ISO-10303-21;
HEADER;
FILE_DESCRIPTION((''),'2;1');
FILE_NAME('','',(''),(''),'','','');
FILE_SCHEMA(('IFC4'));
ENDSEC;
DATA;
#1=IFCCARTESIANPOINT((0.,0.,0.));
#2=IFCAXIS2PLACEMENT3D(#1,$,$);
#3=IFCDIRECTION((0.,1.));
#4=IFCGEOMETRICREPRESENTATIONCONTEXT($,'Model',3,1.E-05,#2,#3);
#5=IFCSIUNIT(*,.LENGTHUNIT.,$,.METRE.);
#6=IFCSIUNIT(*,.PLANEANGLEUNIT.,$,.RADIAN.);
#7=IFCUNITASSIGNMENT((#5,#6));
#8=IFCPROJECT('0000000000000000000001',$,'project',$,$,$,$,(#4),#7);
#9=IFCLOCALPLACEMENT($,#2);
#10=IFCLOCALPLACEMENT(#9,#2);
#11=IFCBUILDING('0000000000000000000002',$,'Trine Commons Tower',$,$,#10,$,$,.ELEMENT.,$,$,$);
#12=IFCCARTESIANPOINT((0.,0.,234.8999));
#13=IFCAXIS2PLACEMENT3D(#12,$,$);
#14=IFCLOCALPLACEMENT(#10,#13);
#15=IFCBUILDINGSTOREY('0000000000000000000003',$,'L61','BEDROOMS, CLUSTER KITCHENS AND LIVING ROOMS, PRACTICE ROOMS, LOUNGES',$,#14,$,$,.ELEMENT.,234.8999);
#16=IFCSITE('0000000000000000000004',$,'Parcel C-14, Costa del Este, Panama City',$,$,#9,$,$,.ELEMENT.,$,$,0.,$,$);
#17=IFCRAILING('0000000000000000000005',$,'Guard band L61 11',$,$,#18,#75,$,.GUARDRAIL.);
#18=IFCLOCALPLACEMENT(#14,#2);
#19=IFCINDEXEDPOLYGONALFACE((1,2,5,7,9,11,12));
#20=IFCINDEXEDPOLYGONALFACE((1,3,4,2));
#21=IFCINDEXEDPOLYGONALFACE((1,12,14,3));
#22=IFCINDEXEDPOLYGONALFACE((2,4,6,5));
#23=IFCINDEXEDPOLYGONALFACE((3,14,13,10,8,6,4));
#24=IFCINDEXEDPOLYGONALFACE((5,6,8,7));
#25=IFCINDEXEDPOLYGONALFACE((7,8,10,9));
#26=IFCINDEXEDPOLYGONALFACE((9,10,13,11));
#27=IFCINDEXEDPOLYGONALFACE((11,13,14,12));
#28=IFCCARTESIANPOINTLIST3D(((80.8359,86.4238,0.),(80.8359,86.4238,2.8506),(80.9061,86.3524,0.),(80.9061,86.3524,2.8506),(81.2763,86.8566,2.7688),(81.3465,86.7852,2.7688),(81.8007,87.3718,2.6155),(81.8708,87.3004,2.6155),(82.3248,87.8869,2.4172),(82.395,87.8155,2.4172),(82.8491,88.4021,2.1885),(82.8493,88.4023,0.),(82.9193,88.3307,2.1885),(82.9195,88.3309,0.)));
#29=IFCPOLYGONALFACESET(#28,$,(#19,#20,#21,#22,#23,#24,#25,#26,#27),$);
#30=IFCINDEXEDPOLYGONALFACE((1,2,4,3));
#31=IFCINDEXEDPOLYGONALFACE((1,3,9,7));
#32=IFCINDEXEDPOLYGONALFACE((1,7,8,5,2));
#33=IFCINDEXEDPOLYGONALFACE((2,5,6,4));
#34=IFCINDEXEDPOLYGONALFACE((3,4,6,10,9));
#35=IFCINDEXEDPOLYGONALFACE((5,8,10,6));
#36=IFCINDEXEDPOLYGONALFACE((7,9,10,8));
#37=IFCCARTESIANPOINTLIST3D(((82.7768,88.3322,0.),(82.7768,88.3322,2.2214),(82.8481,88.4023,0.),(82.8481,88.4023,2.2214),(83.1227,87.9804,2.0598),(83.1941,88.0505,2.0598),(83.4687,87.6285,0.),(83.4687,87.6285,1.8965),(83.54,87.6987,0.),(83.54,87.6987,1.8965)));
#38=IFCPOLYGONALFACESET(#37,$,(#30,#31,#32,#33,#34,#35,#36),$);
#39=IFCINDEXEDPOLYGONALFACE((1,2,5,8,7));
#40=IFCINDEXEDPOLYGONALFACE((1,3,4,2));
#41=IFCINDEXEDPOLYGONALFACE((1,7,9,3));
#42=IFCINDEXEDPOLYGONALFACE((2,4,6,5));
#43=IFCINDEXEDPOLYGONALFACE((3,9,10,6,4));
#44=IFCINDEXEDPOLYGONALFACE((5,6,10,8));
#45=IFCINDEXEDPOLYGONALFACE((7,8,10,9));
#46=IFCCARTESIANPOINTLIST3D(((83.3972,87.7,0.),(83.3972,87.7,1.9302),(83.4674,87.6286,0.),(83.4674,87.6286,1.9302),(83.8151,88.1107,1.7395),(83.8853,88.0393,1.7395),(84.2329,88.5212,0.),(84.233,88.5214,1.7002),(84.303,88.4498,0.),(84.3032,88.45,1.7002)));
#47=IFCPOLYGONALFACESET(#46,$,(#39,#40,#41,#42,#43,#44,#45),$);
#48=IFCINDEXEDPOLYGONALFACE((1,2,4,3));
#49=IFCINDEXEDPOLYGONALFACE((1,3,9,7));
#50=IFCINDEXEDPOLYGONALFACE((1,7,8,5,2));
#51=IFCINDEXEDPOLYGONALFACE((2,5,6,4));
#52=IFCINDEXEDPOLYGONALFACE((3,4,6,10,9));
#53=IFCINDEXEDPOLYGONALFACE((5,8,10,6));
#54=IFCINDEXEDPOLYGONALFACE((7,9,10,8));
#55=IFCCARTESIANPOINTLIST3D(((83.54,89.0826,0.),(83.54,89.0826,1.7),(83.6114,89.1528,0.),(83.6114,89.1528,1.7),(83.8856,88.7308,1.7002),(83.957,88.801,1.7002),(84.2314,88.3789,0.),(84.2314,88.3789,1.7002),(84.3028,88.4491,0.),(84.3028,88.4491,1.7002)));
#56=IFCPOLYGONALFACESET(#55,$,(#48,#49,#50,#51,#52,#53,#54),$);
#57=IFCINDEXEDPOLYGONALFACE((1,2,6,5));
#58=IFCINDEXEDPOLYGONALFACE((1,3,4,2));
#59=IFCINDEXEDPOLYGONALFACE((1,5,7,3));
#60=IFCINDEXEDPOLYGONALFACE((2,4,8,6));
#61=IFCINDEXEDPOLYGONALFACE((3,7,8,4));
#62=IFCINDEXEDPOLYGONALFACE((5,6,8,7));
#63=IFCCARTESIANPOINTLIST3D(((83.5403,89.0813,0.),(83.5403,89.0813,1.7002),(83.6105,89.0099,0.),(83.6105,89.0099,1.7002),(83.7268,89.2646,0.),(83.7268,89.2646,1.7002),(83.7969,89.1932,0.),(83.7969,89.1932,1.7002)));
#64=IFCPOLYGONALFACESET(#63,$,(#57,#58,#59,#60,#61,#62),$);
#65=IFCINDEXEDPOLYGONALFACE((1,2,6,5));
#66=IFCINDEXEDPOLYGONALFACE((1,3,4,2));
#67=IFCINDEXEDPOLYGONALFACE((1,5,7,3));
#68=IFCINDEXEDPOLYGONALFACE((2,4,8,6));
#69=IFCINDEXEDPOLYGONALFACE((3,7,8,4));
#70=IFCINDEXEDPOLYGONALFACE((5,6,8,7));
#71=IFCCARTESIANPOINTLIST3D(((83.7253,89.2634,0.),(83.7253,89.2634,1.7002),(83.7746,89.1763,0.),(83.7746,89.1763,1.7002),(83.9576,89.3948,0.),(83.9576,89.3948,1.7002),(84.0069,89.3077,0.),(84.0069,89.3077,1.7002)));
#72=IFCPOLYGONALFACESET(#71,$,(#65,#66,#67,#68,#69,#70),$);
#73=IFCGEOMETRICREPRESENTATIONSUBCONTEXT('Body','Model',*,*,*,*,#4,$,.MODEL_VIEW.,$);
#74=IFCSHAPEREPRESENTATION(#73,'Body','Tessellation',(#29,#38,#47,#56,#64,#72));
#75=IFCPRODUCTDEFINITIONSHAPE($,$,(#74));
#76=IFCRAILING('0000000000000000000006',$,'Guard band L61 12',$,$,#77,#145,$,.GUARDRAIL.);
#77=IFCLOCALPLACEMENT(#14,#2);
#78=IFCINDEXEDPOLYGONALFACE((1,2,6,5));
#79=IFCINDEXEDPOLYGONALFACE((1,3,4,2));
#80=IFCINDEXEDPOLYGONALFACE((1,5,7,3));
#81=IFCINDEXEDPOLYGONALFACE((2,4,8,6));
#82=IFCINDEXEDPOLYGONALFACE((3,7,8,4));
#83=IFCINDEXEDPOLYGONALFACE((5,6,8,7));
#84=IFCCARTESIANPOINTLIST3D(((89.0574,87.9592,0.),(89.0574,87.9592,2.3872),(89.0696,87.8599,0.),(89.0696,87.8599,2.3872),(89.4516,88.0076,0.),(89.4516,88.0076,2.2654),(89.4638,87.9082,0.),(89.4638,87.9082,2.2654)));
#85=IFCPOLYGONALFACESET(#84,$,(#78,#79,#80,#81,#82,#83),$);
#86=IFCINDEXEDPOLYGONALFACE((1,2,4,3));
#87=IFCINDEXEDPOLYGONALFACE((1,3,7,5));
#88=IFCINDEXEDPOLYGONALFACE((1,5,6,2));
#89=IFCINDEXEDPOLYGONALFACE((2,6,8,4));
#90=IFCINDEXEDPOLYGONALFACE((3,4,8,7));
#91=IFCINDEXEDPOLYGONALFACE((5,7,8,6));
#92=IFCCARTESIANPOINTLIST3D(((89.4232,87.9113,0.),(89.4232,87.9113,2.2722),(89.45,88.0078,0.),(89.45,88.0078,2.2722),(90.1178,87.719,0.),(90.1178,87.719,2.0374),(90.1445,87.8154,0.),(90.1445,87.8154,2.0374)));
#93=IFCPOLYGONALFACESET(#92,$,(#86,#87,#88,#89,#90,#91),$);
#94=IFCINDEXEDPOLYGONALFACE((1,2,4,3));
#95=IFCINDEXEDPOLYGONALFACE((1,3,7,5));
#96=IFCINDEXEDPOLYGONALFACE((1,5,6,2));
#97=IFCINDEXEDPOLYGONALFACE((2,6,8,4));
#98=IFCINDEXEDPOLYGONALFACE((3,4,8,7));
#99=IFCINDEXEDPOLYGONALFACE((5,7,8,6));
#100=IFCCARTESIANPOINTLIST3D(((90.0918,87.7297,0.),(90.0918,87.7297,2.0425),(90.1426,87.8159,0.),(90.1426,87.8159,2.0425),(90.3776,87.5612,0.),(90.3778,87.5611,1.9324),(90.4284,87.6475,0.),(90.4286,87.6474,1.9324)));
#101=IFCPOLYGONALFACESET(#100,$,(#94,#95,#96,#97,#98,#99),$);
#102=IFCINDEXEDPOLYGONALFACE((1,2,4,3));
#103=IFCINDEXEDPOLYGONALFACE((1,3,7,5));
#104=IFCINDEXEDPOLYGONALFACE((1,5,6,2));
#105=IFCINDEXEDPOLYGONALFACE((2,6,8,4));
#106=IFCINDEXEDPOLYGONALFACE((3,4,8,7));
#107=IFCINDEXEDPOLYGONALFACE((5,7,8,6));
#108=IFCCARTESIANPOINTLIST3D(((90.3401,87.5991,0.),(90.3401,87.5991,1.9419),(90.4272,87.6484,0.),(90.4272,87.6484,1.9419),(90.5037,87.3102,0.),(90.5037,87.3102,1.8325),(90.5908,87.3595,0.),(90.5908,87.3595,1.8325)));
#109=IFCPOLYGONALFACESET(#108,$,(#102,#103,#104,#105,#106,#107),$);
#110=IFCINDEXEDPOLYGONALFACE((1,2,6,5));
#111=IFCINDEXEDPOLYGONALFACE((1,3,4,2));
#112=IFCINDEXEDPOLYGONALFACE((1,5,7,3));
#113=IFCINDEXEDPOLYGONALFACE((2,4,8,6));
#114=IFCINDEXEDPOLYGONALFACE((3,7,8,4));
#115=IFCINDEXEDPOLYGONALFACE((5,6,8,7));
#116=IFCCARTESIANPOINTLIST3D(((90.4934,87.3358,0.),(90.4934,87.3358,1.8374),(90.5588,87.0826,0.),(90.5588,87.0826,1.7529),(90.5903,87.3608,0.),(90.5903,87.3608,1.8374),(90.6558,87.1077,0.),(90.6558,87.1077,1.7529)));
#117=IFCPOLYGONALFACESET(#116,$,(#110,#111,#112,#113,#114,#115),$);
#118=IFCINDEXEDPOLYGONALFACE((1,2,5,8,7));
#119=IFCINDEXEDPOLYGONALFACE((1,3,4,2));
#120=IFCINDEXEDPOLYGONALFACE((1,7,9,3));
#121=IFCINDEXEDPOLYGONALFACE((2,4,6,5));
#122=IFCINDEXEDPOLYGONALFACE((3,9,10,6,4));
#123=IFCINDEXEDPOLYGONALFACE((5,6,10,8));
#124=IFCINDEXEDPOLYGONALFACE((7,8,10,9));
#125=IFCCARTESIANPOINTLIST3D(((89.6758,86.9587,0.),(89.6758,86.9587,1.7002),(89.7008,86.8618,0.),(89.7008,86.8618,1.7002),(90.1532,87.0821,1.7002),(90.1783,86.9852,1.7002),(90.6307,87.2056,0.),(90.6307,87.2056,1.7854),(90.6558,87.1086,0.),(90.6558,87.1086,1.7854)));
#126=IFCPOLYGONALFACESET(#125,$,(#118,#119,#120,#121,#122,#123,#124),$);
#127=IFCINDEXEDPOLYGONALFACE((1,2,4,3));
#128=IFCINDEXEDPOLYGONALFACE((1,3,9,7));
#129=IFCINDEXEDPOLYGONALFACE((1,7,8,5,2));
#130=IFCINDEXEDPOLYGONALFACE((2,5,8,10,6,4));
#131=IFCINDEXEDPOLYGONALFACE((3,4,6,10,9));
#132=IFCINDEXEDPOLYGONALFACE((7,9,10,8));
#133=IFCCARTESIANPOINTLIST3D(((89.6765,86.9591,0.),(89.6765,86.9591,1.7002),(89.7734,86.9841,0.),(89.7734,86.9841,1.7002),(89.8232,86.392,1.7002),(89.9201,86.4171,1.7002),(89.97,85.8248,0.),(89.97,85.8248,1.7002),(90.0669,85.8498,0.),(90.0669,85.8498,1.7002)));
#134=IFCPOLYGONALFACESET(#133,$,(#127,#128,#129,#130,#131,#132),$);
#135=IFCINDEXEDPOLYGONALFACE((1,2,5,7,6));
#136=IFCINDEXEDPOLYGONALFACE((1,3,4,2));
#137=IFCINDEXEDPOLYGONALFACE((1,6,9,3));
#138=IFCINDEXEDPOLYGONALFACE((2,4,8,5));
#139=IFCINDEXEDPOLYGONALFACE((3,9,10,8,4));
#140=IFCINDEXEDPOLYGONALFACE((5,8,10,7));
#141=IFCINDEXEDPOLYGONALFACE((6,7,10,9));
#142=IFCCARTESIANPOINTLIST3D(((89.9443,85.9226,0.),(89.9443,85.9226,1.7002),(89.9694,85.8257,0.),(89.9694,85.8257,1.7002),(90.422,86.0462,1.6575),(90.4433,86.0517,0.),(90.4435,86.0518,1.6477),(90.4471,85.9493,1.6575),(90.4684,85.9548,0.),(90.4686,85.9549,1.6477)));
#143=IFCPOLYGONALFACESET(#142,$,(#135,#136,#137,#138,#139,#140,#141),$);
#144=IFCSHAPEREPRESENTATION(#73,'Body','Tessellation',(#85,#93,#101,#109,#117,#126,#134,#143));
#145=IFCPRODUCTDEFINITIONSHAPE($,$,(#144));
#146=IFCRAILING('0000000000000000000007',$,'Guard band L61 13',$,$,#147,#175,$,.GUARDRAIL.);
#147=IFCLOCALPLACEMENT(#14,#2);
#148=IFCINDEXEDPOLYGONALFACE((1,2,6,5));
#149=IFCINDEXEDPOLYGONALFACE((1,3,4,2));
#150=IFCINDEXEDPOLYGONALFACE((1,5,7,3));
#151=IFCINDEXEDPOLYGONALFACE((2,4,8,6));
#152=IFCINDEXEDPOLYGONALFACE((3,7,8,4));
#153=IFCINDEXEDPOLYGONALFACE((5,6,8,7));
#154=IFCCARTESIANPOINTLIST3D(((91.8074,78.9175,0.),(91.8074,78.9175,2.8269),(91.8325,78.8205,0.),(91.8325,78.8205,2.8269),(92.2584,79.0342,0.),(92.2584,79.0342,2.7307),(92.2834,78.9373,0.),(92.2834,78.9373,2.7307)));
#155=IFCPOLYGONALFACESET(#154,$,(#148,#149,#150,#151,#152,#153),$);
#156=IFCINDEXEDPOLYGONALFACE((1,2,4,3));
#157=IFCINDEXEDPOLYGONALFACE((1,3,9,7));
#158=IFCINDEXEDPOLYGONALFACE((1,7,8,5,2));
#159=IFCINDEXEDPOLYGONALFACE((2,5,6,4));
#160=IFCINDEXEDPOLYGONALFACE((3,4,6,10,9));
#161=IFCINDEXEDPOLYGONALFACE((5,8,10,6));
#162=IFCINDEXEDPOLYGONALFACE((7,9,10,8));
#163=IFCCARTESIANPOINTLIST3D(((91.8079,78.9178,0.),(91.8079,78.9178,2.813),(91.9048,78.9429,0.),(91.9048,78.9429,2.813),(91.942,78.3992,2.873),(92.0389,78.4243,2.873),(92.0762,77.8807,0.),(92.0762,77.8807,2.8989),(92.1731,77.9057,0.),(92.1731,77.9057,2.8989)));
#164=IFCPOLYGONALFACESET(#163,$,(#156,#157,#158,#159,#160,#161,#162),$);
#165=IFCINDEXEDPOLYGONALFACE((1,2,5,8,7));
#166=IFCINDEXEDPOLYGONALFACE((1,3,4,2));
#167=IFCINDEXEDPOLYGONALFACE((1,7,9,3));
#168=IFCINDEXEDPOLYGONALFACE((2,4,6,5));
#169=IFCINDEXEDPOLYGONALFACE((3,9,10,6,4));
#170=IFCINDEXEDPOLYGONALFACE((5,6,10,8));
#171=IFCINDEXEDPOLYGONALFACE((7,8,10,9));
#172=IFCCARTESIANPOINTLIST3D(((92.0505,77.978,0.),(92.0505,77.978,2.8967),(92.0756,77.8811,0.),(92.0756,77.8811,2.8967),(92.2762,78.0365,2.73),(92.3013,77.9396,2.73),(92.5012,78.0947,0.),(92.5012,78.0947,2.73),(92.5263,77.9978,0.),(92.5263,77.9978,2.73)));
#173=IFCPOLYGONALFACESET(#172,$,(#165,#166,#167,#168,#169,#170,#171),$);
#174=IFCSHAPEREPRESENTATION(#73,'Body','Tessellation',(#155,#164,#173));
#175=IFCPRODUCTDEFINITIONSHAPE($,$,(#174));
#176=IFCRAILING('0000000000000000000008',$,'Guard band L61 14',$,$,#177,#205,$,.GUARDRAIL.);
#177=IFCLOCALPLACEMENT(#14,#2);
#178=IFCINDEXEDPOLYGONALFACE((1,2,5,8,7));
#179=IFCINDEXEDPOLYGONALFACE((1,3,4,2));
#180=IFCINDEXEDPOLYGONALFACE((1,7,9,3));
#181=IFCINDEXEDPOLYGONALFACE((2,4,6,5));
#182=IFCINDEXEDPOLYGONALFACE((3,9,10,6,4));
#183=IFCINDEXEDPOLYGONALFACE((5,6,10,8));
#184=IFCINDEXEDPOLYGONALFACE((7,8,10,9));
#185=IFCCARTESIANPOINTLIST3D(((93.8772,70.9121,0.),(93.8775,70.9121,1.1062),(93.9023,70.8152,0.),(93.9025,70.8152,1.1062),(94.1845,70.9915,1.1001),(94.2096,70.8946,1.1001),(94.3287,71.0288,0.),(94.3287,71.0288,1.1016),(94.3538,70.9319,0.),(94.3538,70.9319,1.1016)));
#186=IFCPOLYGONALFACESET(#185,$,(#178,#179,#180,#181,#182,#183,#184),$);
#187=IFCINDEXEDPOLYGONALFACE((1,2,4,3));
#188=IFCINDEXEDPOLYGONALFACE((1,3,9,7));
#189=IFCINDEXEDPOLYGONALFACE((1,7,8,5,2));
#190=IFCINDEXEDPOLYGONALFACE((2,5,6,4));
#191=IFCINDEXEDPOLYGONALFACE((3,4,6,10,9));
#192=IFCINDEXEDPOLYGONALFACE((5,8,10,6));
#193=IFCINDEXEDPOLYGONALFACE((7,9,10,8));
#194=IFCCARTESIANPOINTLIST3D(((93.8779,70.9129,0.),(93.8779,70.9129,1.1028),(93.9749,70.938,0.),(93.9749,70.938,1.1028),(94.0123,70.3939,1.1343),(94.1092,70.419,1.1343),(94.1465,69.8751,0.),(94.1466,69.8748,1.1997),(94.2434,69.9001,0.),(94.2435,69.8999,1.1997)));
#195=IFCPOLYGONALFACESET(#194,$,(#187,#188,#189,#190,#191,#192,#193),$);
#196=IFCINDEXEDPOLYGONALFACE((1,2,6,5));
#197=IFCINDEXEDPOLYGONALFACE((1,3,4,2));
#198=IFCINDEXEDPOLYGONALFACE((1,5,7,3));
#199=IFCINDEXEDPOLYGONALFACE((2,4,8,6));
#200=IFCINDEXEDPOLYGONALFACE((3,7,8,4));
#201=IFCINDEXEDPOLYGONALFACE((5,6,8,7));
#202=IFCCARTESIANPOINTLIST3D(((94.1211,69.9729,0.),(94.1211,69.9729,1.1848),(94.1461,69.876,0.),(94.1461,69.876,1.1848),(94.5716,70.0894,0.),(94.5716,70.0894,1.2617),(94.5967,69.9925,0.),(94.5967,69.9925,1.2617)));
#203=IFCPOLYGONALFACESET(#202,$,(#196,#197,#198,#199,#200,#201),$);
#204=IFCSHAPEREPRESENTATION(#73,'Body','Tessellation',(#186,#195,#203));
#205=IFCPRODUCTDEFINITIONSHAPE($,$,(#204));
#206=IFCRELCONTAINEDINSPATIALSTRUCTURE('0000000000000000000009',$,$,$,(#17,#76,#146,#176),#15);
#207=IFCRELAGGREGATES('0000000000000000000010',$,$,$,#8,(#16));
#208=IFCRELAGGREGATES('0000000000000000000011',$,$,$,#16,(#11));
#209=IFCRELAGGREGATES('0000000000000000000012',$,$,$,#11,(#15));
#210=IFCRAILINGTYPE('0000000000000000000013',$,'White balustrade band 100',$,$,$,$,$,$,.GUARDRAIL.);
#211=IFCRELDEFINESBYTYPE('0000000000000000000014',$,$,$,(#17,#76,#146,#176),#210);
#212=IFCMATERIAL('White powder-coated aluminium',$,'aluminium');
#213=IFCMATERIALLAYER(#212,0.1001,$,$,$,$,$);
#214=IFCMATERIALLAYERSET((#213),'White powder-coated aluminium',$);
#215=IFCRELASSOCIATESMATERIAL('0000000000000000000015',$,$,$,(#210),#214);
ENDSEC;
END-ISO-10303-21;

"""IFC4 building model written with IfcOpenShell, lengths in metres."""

from ifc_helpers import new_model, si_unit, direction, frame, origin, place, context, subcontext, project, spatial, polyline, outline, extrude, material, layer, layer_set, type_object, element, save


model = new_model("IFC4")

# Units and contexts
model_context = context("Model", 3, precision=1e-05, world=origin(), true_north=direction((0.0, 1.0)))
body_context = subcontext(model_context, "Body", "Model", "MODEL_VIEW")
ifc_project = project(units=[si_unit("LENGTHUNIT", "METRE"), si_unit("PLANEANGLEUNIT", "RADIAN")], contexts=[model_context])

# Site, building, storey
site_placement = place(None, origin())
site = spatial("IfcSite", under=ifc_project, at=site_placement, Name="Parcel C-14, Costa del Este, Panama City", CompositionType="ELEMENT", RefElevation=0.0)
building_placement = place(site_placement, origin())
building = spatial("IfcBuilding", under=site, at=building_placement, Name="Trine Commons Tower", CompositionType="ELEMENT")
storey_placement = place(building_placement, frame((0.0, 0.0, 234.8999)))
storey = spatial("IfcBuildingStorey", under=building, at=storey_placement, Name="L61", Description="BEDROOMS, CLUSTER KITCHENS AND LIVING ROOMS, PRACTICE ROOMS, LOUNGES", CompositionType="ELEMENT", Elevation=234.8999)

# Railings
ifc_material_1 = material(Name="White powder-coated aluminium", Category="aluminium")
ifc_layer_1 = layer(ifc_material_1, 0.1001)
ifc_layer_set_1 = layer_set([ifc_layer_1], Name="White powder-coated aluminium")
railing_type = type_object("IfcRailingType", Name="White balustrade band 100", PredefinedType="GUARDRAIL", material=ifc_layer_set_1)
railing_1_placement = place(storey_placement, origin())
element("IfcRailing", 1, at=railing_1_placement, inside=storey, type_object=railing_type, Name="Guard band L61 11", PredefinedType="GUARDRAIL", context=body_context, shape_type="SweptSolid", body=[
    extrude(outline(polyline([(0.0, 0.0), (2.8228, 0.0), (2.8225, 2.1885), (2.0874, 2.4172), (1.3525, 2.6155), (0.6174, 2.7688), (0.0, 2.8506), (0.0, 0.0)])), frame((80.8359, 86.4238, 0.0), z_axis=(0.700896, -0.713264, 0.0), x_axis=(0.713264, 0.700896, 0.0)), (0.0, 0.0, 1.0), 0.1001),
    extrude(outline(polyline([(0.0, 0.0), (0.9868, 0.0), (0.9868, 1.8965), (0.4934, 2.0598), (0.0, 2.2214), (0.0, 0.0)])), frame((82.8481, 88.4023, 0.0), z_axis=(-0.71302, -0.701144, 0.0), x_axis=(0.701144, -0.71302, 0.0)), (0.0, 0.0, 1.0), 0.1001),
    extrude(outline(polyline([(0.0, 0.0), (1.1716, 0.0), (1.1719, 1.7002), (0.5859, 1.7395), (0.0, 1.9302), (0.0, 0.0)])), frame((83.3972, 87.7, 0.0), z_axis=(0.700933, -0.713227, 0.0), x_axis=(0.713227, 0.700933, 0.0)), (0.0, 0.0, 1.0), 0.1001),
    extrude(outline(polyline([(0.0, 0.0), (0.9866, 0.0), (0.9866, 1.7), (0.4934, 1.7002), (0.0, 1.7002), (0.0, 0.0)])), frame((84.2314, 88.3789, 0.0), z_axis=(0.713267, 0.700892, 0.0), x_axis=(-0.700892, 0.713267, 0.0)), (0.0, 0.0, 1.0), 0.1001),
    extrude(outline(polyline([(0.0, 0.0), (0.2615, 0.0), (0.2615, 1.7002), (0.0, 1.7002), (0.0, 0.0)])), frame((83.5403, 89.0813, 0.0), z_axis=(0.701013, -0.713148, 0.0), x_axis=(0.713148, 0.701013, 0.0)), (0.0, 0.0, 1.0), 0.1001),
    extrude(outline(polyline([(0.0, 0.0), (0.2668, 0.0), (0.2668, 1.7002), (0.0, 1.7002), (0.0, 0.0)])), frame((83.7253, 89.2634, 0.0), z_axis=(0.492389, -0.870375, 0.0), x_axis=(0.870375, 0.492389, 0.0)), (0.0, 0.0, 1.0), 0.1001),
])
railing_2_placement = place(storey_placement, origin())
element("IfcRailing", 2, at=railing_2_placement, inside=storey, type_object=railing_type, Name="Guard band L61 12", PredefinedType="GUARDRAIL", context=body_context, shape_type="SweptSolid", body=[
    extrude(outline(polyline([(0.0, 0.0), (0.3972, 0.0), (0.3972, 2.2654), (0.3972, 2.2654), (0.0, 2.3872), (0.0, 0.0)])), frame((89.0574, 87.9592, 0.0), z_axis=(0.121689, -0.992568, 0.0), x_axis=(0.992568, 0.121689, 0.0)), (0.0, 0.0, 1.0), 0.1001),
    extrude(outline(polyline([(0.0, 0.0), (0.7207, 0.0), (0.7207, 2.0374), (0.0, 2.2722), (0.0, 0.0)])), frame((89.45, 88.0078, 0.0), z_axis=(-0.266927, -0.963717, 0.0), x_axis=(0.963717, -0.266927, 0.0)), (0.0, 0.0, 1.0), 0.1001),
    extrude(outline(polyline([(0.0, 0.0), (0.3318, 0.0), (0.332, 1.9324), (0.0, 2.0425), (0.0, 0.0)])), frame((90.1426, 87.8159, 0.0), z_axis=(-0.507663, -0.861556, 0.0), x_axis=(0.861556, -0.507663, 0.0)), (0.0, 0.0, 1.0), 0.1001),
    extrude(outline(polyline([(0.0, 0.0), (0.332, 0.0), (0.332, 1.8325), (0.0, 1.9419), (0.0, 0.0)])), frame((90.4272, 87.6484, 0.0), z_axis=(-0.870316, -0.492493, 0.0), x_axis=(0.492493, -0.870316, 0.0)), (0.0, 0.0, 1.0), 0.1001),
    extrude(outline(polyline([(0.0, 0.0), (0.2615, 0.0), (0.2615, 1.7529), (0.0, 1.8374), (0.0, 0.0)])), frame((90.5903, 87.3608, 0.0), z_axis=(-0.96819, -0.250217, 0.0), x_axis=(0.250217, -0.96819, 0.0)), (0.0, 0.0, 1.0), 0.1001),
    extrude(outline(polyline([(0.0, 0.0), (0.9863, 0.0), (0.9863, 1.7002), (0.4932, 1.7002), (0.0, 1.7854), (0.0, 0.0)])), frame((90.6558, 87.1086, 0.0), z_axis=(-0.250275, 0.968175, 0.0), x_axis=(-0.968175, -0.250275, 0.0)), (0.0, 0.0, 1.0), 0.1001),
    extrude(outline(polyline([(0.0, 0.0), (1.1716, 0.0), (1.1716, 1.7002), (0.5857, 1.7002), (0.0, 1.7002), (0.0, 0.0)])), frame((89.7734, 86.9841, 0.0), z_axis=(-0.968124, -0.25047, 0.0), x_axis=(0.25047, -0.968124, 0.0)), (0.0, 0.0, 1.0), 0.1001),
    extrude(outline(polyline([(0.0, 0.0), (0.5154, 0.0), (0.5156, 1.6477), (0.4934, 1.6575), (0.0, 1.7002), (0.0, 0.0)])), frame((89.9443, 85.9226, 0.0), z_axis=(0.250551, -0.968103, 0.0), x_axis=(0.968103, 0.250551, 0.0)), (0.0, 0.0, 1.0), 0.1001),
])
railing_3_placement = place(storey_placement, origin())
element("IfcRailing", 3, at=railing_3_placement, inside=storey, type_object=railing_type, Name="Guard band L61 13", PredefinedType="GUARDRAIL", context=body_context, shape_type="SweptSolid", body=[
    extrude(outline(polyline([(0.0, 0.0), (0.4658, 0.0), (0.4658, 2.8269), (0.4658, 2.8269), (0.0, 2.7307), (0.0, 0.0)])), frame((92.2834, 78.9373, 0.0), z_axis=(-0.250544, 0.968105, 0.0), x_axis=(-0.968105, -0.250544, 0.0)), (0.0, 0.0, 1.0), 0.1001),
    extrude(outline(polyline([(0.0, 0.0), (1.0713, 0.0), (1.0713, 2.8989), (0.5356, 2.873), (0.0, 2.813), (0.0, 0.0)])), frame((91.9048, 78.9429, 0.0), z_axis=(-0.968126, -0.250464, 0.0), x_axis=(0.250464, -0.968126, 0.0)), (0.0, 0.0, 1.0), 0.1001),
    extrude(outline(polyline([(0.0, 0.0), (0.4656, 0.0), (0.4656, 2.73), (0.2332, 2.73), (0.0, 2.8967), (0.0, 0.0)])), frame((92.0505, 77.978, 0.0), z_axis=(0.250671, -0.968072, 0.0), x_axis=(0.968072, 0.250671, 0.0)), (0.0, 0.0, 1.0), 0.1001),
])
railing_4_placement = place(storey_placement, origin())
element("IfcRailing", 4, at=railing_4_placement, inside=storey, type_object=railing_type, Name="Guard band L61 14", PredefinedType="GUARDRAIL", context=body_context, shape_type="SweptSolid", body=[
    extrude(outline(polyline([(0.0, 0.0), (0.4663, 0.0), (0.4661, 1.1062), (0.4661, 1.1062), (0.1489, 1.1001), (0.0, 1.1016), (0.0, 0.0)])), frame((94.3538, 70.9319, 0.0), z_axis=(-0.25029, 0.968171, 0.0), x_axis=(-0.968171, -0.25029, 0.0)), (0.0, 0.0, 1.0), 0.1001),
    extrude(outline(polyline([(0.0, 0.0), (1.072, 0.0), (1.0723, 1.1997), (0.5361, 1.1343), (0.0, 1.1028), (0.0, 0.0)])), frame((93.9749, 70.938, 0.0), z_axis=(-0.968114, -0.250512, 0.0), x_axis=(0.250512, -0.968114, 0.0)), (0.0, 0.0, 1.0), 0.1001),
    extrude(outline(polyline([(0.0, 0.0), (0.4653, 0.0), (0.4653, 1.2617), (0.0, 1.1848), (0.0, 0.0)])), frame((94.1211, 69.9729, 0.0), z_axis=(0.250306, -0.968167, 0.0), x_axis=(0.968167, 0.250306, 0.0)), (0.0, 0.0, 1.0), 0.1001),
])

save(model, "model.ifc")
